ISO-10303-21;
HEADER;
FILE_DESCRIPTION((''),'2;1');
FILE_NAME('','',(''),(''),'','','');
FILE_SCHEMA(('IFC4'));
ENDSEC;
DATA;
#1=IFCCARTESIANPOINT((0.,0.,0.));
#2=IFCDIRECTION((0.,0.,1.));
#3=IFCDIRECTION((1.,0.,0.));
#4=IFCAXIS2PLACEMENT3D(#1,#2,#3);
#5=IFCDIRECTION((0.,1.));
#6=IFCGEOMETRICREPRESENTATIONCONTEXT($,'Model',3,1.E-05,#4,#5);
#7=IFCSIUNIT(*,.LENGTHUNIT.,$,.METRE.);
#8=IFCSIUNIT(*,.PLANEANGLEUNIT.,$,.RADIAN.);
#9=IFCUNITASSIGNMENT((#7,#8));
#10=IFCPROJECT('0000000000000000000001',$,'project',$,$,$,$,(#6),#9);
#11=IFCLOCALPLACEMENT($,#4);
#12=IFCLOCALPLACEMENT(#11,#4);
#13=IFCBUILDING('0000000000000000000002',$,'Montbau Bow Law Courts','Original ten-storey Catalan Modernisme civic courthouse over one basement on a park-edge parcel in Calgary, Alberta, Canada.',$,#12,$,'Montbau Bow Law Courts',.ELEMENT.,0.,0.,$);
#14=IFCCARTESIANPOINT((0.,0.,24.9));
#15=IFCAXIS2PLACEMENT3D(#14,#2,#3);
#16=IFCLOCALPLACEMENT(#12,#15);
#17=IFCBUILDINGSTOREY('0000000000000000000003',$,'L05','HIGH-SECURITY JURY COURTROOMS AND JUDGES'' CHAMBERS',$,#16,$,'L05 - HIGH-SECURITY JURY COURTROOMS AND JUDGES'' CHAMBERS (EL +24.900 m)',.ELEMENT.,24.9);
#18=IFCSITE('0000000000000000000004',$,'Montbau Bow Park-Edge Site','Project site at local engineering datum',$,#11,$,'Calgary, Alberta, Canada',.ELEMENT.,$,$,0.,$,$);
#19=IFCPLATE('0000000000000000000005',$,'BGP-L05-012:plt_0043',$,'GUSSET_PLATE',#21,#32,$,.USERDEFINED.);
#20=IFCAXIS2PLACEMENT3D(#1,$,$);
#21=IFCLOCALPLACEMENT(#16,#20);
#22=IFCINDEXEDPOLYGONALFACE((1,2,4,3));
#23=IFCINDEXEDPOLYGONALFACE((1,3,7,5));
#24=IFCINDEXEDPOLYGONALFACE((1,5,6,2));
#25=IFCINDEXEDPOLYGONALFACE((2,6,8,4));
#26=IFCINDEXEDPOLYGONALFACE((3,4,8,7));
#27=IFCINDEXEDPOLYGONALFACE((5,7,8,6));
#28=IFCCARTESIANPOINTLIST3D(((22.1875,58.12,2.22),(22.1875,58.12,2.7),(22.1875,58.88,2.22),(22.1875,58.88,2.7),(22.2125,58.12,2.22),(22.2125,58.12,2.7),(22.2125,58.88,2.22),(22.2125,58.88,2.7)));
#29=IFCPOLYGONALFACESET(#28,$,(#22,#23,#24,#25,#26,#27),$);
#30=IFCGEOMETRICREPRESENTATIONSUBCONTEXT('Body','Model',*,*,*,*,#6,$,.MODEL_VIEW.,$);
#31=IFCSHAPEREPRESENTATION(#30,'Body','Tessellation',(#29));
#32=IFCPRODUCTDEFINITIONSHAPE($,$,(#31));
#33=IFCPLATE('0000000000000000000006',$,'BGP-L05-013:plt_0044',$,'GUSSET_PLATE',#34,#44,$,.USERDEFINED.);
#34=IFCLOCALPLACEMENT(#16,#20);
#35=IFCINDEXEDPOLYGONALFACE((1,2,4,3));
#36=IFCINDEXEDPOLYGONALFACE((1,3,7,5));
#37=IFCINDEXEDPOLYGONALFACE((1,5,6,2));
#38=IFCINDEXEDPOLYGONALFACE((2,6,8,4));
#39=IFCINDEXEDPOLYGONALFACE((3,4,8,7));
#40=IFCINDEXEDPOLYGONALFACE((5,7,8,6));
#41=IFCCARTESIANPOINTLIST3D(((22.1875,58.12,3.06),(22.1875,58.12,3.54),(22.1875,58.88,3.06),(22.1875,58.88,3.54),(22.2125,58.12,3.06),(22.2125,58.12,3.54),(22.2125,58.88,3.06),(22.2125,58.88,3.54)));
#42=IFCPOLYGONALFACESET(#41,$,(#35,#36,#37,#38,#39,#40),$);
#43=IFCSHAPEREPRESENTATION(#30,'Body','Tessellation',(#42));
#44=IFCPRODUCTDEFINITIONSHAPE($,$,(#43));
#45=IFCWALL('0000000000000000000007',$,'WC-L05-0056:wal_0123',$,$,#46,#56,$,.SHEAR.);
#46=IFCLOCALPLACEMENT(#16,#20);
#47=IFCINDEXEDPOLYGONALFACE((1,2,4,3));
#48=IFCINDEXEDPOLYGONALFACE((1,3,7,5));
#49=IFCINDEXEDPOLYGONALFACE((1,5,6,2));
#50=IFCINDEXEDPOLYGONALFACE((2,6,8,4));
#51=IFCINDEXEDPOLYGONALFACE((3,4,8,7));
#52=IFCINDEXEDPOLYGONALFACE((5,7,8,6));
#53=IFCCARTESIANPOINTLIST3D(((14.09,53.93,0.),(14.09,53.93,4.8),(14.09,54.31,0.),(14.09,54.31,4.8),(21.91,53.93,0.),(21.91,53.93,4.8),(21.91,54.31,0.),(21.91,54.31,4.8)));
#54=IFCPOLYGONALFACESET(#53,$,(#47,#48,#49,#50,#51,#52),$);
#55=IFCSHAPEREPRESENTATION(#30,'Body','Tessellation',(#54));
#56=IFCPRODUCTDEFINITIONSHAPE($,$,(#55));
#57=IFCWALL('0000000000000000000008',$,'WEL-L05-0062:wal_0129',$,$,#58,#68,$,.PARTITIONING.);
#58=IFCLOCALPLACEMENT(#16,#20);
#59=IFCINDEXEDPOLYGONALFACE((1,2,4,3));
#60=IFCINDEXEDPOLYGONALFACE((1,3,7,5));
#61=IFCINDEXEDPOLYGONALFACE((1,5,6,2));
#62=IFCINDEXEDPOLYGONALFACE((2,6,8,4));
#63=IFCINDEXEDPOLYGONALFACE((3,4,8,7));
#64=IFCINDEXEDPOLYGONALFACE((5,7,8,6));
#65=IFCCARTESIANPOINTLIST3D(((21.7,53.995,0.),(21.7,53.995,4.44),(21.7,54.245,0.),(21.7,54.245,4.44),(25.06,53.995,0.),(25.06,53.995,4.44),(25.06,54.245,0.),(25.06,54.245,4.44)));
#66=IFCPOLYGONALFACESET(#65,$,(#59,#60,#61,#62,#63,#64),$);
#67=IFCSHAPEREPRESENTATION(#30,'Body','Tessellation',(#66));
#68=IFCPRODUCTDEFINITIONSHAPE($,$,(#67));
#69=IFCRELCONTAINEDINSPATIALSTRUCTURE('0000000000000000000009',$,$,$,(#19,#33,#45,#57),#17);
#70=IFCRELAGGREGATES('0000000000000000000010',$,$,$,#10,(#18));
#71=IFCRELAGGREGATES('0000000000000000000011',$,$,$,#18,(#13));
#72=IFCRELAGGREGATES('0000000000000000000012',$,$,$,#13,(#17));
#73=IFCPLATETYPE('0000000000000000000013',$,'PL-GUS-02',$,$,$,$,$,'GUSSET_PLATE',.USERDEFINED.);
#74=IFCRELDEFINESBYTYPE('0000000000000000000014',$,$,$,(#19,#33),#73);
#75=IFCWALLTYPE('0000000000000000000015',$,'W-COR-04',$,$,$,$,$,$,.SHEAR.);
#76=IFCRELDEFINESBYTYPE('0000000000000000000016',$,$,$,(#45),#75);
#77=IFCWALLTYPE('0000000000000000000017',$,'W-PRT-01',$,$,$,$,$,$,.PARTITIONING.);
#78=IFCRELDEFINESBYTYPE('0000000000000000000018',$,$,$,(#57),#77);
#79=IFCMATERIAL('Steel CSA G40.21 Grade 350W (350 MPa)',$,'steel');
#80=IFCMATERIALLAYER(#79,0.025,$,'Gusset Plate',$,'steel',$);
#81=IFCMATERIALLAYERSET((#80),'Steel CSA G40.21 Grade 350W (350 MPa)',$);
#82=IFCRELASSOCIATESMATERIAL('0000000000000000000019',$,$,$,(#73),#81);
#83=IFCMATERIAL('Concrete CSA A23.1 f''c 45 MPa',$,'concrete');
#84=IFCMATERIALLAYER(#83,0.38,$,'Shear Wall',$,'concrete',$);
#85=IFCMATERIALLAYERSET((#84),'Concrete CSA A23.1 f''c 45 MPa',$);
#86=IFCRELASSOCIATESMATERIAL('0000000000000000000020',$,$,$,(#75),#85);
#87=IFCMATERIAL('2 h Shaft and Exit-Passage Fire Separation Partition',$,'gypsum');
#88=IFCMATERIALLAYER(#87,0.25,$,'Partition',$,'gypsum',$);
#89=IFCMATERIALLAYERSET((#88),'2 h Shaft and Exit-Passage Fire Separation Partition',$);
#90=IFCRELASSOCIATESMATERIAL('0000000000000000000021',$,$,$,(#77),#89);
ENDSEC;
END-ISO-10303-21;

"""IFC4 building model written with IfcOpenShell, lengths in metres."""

from ifc_helpers import new_model, si_unit, direction, frame, frame_2d, origin_with_axes, origin_2d_with_axis, place, context, subcontext, project, spatial, rectangle, extrude, material, layer, layer_set, type_object, element, save


model = new_model("IFC4")

# Units and contexts
model_context = context("Model", 3, precision=1e-05, world=origin_with_axes(), true_north=direction((0.0, 1.0)))
body_context = subcontext(model_context, "Body", "Model", "MODEL_VIEW")
ifc_project = project(units=[si_unit("LENGTHUNIT", "METRE"), si_unit("PLANEANGLEUNIT", "RADIAN")], contexts=[model_context])

# Site, building, storey
site_placement = place(None, origin_with_axes())
site = spatial("IfcSite", under=ifc_project, at=site_placement, Name="Montbau Bow Park-Edge Site", Description="Project site at local engineering datum", LongName="Calgary, Alberta, Canada", CompositionType="ELEMENT", RefElevation=0.0)
building_placement = place(site_placement, origin_with_axes())
building = spatial("IfcBuilding", under=site, at=building_placement, Name="Montbau Bow Law Courts", Description="Original ten-storey Catalan Modernisme civic courthouse over one basement on a park-edge parcel in Calgary, Alberta, Canada.", LongName="Montbau Bow Law Courts", CompositionType="ELEMENT", ElevationOfRefHeight=0.0, ElevationOfTerrain=0.0)
storey_placement = place(building_placement, frame((0.0, 0.0, 24.9), z_axis=(0.0, 0.0, 1.0), x_axis=(1.0, 0.0, 0.0)))
storey = spatial("IfcBuildingStorey", under=building, at=storey_placement, Name="L05", Description="HIGH-SECURITY JURY COURTROOMS AND JUDGES' CHAMBERS", LongName="L05 - HIGH-SECURITY JURY COURTROOMS AND JUDGES' CHAMBERS (EL +24.900 m)", CompositionType="ELEMENT", Elevation=24.9)

# Shared definitions
ifc_material_1 = material(Name="Steel CSA G40.21 Grade 350W (350 MPa)", Category="steel")

# Plates
ifc_layer_1 = layer(ifc_material_1, 0.025, Name="Gusset Plate", Category="steel")
ifc_layer_set_1 = layer_set([ifc_layer_1], Name="Steel CSA G40.21 Grade 350W (350 MPa)")
plate_type_1 = type_object("IfcPlateType", Name="PL-GUS-02", ElementType="GUSSET_PLATE", PredefinedType="USERDEFINED", material=ifc_layer_set_1)
for number, where, z_axis, x_axis, name in (
    (1, (22.2, 58.5, 27.12), (0.0, 0.0, 1.0), (0.0, 1.0, 0.0), "BGP-L05-012:plt_0043"),
    (2, (22.2, 58.5, 27.96), (0.0, 0.0, 1.0), (0.0, 1.0, 0.0), "BGP-L05-013:plt_0044"),
):
    element("IfcPlate", number, at=place(None, frame(where, z_axis=z_axis, x_axis=x_axis)), inside=storey, type_object=plate_type_1, Name=name, ObjectType="GUSSET_PLATE", PredefinedType="USERDEFINED", context=body_context, shape_type="SweptSolid", body=[
        extrude(rectangle(XDim=0.76, YDim=0.025, at=origin_2d_with_axis()), origin_with_axes(), (0.0, 0.0, 1.0), 0.48),
    ])

# Walls
ifc_material_2 = material(Name="Concrete CSA A23.1 f'c 45 MPa", Category="concrete")
ifc_layer_2 = layer(ifc_material_2, 0.38, Name="Shear Wall", Category="concrete")
ifc_layer_set_2 = layer_set([ifc_layer_2], Name="Concrete CSA A23.1 f'c 45 MPa")
wall_type_1 = type_object("IfcWallType", Name="W-COR-04", PredefinedType="SHEAR", material=ifc_layer_set_2)
wall_1_placement = place(None, frame((21.91, 54.12, 24.9), z_axis=(0.0, 0.0, 1.0), x_axis=(-1.0, 0.0, 0.0)))
element("IfcWall", 3, at=wall_1_placement, inside=storey, type_object=wall_type_1, Name="WC-L05-0056:wal_0123", PredefinedType="SHEAR", context=body_context, shape_type="SweptSolid", body=[
    extrude(rectangle(XDim=7.82, YDim=0.38, at=frame_2d((3.91, 0.0), x_axis=(1.0, 0.0))), origin_with_axes(), (0.0, 0.0, 1.0), 4.8),
])
ifc_material_3 = material(Name="2 h Shaft and Exit-Passage Fire Separation Partition", Category="gypsum")
ifc_layer_3 = layer(ifc_material_3, 0.25, Name="Partition", Category="gypsum")
ifc_layer_set_3 = layer_set([ifc_layer_3], Name="2 h Shaft and Exit-Passage Fire Separation Partition")
wall_type_2 = type_object("IfcWallType", Name="W-PRT-01", PredefinedType="PARTITIONING", material=ifc_layer_set_3)
wall_2_placement = place(None, frame((21.7, 54.12, 24.9), z_axis=(0.0, 0.0, 1.0), x_axis=(1.0, 0.0, 0.0)))
element("IfcWall", 4, at=wall_2_placement, inside=storey, type_object=wall_type_2, Name="WEL-L05-0062:wal_0129", PredefinedType="PARTITIONING", context=body_context, shape_type="SweptSolid", body=[
    extrude(rectangle(XDim=3.36, YDim=0.25, at=frame_2d((1.68, 0.0), x_axis=(1.0, 0.0))), origin_with_axes(), (0.0, 0.0, 1.0), 4.44),
])

save(model, "model.ifc")
